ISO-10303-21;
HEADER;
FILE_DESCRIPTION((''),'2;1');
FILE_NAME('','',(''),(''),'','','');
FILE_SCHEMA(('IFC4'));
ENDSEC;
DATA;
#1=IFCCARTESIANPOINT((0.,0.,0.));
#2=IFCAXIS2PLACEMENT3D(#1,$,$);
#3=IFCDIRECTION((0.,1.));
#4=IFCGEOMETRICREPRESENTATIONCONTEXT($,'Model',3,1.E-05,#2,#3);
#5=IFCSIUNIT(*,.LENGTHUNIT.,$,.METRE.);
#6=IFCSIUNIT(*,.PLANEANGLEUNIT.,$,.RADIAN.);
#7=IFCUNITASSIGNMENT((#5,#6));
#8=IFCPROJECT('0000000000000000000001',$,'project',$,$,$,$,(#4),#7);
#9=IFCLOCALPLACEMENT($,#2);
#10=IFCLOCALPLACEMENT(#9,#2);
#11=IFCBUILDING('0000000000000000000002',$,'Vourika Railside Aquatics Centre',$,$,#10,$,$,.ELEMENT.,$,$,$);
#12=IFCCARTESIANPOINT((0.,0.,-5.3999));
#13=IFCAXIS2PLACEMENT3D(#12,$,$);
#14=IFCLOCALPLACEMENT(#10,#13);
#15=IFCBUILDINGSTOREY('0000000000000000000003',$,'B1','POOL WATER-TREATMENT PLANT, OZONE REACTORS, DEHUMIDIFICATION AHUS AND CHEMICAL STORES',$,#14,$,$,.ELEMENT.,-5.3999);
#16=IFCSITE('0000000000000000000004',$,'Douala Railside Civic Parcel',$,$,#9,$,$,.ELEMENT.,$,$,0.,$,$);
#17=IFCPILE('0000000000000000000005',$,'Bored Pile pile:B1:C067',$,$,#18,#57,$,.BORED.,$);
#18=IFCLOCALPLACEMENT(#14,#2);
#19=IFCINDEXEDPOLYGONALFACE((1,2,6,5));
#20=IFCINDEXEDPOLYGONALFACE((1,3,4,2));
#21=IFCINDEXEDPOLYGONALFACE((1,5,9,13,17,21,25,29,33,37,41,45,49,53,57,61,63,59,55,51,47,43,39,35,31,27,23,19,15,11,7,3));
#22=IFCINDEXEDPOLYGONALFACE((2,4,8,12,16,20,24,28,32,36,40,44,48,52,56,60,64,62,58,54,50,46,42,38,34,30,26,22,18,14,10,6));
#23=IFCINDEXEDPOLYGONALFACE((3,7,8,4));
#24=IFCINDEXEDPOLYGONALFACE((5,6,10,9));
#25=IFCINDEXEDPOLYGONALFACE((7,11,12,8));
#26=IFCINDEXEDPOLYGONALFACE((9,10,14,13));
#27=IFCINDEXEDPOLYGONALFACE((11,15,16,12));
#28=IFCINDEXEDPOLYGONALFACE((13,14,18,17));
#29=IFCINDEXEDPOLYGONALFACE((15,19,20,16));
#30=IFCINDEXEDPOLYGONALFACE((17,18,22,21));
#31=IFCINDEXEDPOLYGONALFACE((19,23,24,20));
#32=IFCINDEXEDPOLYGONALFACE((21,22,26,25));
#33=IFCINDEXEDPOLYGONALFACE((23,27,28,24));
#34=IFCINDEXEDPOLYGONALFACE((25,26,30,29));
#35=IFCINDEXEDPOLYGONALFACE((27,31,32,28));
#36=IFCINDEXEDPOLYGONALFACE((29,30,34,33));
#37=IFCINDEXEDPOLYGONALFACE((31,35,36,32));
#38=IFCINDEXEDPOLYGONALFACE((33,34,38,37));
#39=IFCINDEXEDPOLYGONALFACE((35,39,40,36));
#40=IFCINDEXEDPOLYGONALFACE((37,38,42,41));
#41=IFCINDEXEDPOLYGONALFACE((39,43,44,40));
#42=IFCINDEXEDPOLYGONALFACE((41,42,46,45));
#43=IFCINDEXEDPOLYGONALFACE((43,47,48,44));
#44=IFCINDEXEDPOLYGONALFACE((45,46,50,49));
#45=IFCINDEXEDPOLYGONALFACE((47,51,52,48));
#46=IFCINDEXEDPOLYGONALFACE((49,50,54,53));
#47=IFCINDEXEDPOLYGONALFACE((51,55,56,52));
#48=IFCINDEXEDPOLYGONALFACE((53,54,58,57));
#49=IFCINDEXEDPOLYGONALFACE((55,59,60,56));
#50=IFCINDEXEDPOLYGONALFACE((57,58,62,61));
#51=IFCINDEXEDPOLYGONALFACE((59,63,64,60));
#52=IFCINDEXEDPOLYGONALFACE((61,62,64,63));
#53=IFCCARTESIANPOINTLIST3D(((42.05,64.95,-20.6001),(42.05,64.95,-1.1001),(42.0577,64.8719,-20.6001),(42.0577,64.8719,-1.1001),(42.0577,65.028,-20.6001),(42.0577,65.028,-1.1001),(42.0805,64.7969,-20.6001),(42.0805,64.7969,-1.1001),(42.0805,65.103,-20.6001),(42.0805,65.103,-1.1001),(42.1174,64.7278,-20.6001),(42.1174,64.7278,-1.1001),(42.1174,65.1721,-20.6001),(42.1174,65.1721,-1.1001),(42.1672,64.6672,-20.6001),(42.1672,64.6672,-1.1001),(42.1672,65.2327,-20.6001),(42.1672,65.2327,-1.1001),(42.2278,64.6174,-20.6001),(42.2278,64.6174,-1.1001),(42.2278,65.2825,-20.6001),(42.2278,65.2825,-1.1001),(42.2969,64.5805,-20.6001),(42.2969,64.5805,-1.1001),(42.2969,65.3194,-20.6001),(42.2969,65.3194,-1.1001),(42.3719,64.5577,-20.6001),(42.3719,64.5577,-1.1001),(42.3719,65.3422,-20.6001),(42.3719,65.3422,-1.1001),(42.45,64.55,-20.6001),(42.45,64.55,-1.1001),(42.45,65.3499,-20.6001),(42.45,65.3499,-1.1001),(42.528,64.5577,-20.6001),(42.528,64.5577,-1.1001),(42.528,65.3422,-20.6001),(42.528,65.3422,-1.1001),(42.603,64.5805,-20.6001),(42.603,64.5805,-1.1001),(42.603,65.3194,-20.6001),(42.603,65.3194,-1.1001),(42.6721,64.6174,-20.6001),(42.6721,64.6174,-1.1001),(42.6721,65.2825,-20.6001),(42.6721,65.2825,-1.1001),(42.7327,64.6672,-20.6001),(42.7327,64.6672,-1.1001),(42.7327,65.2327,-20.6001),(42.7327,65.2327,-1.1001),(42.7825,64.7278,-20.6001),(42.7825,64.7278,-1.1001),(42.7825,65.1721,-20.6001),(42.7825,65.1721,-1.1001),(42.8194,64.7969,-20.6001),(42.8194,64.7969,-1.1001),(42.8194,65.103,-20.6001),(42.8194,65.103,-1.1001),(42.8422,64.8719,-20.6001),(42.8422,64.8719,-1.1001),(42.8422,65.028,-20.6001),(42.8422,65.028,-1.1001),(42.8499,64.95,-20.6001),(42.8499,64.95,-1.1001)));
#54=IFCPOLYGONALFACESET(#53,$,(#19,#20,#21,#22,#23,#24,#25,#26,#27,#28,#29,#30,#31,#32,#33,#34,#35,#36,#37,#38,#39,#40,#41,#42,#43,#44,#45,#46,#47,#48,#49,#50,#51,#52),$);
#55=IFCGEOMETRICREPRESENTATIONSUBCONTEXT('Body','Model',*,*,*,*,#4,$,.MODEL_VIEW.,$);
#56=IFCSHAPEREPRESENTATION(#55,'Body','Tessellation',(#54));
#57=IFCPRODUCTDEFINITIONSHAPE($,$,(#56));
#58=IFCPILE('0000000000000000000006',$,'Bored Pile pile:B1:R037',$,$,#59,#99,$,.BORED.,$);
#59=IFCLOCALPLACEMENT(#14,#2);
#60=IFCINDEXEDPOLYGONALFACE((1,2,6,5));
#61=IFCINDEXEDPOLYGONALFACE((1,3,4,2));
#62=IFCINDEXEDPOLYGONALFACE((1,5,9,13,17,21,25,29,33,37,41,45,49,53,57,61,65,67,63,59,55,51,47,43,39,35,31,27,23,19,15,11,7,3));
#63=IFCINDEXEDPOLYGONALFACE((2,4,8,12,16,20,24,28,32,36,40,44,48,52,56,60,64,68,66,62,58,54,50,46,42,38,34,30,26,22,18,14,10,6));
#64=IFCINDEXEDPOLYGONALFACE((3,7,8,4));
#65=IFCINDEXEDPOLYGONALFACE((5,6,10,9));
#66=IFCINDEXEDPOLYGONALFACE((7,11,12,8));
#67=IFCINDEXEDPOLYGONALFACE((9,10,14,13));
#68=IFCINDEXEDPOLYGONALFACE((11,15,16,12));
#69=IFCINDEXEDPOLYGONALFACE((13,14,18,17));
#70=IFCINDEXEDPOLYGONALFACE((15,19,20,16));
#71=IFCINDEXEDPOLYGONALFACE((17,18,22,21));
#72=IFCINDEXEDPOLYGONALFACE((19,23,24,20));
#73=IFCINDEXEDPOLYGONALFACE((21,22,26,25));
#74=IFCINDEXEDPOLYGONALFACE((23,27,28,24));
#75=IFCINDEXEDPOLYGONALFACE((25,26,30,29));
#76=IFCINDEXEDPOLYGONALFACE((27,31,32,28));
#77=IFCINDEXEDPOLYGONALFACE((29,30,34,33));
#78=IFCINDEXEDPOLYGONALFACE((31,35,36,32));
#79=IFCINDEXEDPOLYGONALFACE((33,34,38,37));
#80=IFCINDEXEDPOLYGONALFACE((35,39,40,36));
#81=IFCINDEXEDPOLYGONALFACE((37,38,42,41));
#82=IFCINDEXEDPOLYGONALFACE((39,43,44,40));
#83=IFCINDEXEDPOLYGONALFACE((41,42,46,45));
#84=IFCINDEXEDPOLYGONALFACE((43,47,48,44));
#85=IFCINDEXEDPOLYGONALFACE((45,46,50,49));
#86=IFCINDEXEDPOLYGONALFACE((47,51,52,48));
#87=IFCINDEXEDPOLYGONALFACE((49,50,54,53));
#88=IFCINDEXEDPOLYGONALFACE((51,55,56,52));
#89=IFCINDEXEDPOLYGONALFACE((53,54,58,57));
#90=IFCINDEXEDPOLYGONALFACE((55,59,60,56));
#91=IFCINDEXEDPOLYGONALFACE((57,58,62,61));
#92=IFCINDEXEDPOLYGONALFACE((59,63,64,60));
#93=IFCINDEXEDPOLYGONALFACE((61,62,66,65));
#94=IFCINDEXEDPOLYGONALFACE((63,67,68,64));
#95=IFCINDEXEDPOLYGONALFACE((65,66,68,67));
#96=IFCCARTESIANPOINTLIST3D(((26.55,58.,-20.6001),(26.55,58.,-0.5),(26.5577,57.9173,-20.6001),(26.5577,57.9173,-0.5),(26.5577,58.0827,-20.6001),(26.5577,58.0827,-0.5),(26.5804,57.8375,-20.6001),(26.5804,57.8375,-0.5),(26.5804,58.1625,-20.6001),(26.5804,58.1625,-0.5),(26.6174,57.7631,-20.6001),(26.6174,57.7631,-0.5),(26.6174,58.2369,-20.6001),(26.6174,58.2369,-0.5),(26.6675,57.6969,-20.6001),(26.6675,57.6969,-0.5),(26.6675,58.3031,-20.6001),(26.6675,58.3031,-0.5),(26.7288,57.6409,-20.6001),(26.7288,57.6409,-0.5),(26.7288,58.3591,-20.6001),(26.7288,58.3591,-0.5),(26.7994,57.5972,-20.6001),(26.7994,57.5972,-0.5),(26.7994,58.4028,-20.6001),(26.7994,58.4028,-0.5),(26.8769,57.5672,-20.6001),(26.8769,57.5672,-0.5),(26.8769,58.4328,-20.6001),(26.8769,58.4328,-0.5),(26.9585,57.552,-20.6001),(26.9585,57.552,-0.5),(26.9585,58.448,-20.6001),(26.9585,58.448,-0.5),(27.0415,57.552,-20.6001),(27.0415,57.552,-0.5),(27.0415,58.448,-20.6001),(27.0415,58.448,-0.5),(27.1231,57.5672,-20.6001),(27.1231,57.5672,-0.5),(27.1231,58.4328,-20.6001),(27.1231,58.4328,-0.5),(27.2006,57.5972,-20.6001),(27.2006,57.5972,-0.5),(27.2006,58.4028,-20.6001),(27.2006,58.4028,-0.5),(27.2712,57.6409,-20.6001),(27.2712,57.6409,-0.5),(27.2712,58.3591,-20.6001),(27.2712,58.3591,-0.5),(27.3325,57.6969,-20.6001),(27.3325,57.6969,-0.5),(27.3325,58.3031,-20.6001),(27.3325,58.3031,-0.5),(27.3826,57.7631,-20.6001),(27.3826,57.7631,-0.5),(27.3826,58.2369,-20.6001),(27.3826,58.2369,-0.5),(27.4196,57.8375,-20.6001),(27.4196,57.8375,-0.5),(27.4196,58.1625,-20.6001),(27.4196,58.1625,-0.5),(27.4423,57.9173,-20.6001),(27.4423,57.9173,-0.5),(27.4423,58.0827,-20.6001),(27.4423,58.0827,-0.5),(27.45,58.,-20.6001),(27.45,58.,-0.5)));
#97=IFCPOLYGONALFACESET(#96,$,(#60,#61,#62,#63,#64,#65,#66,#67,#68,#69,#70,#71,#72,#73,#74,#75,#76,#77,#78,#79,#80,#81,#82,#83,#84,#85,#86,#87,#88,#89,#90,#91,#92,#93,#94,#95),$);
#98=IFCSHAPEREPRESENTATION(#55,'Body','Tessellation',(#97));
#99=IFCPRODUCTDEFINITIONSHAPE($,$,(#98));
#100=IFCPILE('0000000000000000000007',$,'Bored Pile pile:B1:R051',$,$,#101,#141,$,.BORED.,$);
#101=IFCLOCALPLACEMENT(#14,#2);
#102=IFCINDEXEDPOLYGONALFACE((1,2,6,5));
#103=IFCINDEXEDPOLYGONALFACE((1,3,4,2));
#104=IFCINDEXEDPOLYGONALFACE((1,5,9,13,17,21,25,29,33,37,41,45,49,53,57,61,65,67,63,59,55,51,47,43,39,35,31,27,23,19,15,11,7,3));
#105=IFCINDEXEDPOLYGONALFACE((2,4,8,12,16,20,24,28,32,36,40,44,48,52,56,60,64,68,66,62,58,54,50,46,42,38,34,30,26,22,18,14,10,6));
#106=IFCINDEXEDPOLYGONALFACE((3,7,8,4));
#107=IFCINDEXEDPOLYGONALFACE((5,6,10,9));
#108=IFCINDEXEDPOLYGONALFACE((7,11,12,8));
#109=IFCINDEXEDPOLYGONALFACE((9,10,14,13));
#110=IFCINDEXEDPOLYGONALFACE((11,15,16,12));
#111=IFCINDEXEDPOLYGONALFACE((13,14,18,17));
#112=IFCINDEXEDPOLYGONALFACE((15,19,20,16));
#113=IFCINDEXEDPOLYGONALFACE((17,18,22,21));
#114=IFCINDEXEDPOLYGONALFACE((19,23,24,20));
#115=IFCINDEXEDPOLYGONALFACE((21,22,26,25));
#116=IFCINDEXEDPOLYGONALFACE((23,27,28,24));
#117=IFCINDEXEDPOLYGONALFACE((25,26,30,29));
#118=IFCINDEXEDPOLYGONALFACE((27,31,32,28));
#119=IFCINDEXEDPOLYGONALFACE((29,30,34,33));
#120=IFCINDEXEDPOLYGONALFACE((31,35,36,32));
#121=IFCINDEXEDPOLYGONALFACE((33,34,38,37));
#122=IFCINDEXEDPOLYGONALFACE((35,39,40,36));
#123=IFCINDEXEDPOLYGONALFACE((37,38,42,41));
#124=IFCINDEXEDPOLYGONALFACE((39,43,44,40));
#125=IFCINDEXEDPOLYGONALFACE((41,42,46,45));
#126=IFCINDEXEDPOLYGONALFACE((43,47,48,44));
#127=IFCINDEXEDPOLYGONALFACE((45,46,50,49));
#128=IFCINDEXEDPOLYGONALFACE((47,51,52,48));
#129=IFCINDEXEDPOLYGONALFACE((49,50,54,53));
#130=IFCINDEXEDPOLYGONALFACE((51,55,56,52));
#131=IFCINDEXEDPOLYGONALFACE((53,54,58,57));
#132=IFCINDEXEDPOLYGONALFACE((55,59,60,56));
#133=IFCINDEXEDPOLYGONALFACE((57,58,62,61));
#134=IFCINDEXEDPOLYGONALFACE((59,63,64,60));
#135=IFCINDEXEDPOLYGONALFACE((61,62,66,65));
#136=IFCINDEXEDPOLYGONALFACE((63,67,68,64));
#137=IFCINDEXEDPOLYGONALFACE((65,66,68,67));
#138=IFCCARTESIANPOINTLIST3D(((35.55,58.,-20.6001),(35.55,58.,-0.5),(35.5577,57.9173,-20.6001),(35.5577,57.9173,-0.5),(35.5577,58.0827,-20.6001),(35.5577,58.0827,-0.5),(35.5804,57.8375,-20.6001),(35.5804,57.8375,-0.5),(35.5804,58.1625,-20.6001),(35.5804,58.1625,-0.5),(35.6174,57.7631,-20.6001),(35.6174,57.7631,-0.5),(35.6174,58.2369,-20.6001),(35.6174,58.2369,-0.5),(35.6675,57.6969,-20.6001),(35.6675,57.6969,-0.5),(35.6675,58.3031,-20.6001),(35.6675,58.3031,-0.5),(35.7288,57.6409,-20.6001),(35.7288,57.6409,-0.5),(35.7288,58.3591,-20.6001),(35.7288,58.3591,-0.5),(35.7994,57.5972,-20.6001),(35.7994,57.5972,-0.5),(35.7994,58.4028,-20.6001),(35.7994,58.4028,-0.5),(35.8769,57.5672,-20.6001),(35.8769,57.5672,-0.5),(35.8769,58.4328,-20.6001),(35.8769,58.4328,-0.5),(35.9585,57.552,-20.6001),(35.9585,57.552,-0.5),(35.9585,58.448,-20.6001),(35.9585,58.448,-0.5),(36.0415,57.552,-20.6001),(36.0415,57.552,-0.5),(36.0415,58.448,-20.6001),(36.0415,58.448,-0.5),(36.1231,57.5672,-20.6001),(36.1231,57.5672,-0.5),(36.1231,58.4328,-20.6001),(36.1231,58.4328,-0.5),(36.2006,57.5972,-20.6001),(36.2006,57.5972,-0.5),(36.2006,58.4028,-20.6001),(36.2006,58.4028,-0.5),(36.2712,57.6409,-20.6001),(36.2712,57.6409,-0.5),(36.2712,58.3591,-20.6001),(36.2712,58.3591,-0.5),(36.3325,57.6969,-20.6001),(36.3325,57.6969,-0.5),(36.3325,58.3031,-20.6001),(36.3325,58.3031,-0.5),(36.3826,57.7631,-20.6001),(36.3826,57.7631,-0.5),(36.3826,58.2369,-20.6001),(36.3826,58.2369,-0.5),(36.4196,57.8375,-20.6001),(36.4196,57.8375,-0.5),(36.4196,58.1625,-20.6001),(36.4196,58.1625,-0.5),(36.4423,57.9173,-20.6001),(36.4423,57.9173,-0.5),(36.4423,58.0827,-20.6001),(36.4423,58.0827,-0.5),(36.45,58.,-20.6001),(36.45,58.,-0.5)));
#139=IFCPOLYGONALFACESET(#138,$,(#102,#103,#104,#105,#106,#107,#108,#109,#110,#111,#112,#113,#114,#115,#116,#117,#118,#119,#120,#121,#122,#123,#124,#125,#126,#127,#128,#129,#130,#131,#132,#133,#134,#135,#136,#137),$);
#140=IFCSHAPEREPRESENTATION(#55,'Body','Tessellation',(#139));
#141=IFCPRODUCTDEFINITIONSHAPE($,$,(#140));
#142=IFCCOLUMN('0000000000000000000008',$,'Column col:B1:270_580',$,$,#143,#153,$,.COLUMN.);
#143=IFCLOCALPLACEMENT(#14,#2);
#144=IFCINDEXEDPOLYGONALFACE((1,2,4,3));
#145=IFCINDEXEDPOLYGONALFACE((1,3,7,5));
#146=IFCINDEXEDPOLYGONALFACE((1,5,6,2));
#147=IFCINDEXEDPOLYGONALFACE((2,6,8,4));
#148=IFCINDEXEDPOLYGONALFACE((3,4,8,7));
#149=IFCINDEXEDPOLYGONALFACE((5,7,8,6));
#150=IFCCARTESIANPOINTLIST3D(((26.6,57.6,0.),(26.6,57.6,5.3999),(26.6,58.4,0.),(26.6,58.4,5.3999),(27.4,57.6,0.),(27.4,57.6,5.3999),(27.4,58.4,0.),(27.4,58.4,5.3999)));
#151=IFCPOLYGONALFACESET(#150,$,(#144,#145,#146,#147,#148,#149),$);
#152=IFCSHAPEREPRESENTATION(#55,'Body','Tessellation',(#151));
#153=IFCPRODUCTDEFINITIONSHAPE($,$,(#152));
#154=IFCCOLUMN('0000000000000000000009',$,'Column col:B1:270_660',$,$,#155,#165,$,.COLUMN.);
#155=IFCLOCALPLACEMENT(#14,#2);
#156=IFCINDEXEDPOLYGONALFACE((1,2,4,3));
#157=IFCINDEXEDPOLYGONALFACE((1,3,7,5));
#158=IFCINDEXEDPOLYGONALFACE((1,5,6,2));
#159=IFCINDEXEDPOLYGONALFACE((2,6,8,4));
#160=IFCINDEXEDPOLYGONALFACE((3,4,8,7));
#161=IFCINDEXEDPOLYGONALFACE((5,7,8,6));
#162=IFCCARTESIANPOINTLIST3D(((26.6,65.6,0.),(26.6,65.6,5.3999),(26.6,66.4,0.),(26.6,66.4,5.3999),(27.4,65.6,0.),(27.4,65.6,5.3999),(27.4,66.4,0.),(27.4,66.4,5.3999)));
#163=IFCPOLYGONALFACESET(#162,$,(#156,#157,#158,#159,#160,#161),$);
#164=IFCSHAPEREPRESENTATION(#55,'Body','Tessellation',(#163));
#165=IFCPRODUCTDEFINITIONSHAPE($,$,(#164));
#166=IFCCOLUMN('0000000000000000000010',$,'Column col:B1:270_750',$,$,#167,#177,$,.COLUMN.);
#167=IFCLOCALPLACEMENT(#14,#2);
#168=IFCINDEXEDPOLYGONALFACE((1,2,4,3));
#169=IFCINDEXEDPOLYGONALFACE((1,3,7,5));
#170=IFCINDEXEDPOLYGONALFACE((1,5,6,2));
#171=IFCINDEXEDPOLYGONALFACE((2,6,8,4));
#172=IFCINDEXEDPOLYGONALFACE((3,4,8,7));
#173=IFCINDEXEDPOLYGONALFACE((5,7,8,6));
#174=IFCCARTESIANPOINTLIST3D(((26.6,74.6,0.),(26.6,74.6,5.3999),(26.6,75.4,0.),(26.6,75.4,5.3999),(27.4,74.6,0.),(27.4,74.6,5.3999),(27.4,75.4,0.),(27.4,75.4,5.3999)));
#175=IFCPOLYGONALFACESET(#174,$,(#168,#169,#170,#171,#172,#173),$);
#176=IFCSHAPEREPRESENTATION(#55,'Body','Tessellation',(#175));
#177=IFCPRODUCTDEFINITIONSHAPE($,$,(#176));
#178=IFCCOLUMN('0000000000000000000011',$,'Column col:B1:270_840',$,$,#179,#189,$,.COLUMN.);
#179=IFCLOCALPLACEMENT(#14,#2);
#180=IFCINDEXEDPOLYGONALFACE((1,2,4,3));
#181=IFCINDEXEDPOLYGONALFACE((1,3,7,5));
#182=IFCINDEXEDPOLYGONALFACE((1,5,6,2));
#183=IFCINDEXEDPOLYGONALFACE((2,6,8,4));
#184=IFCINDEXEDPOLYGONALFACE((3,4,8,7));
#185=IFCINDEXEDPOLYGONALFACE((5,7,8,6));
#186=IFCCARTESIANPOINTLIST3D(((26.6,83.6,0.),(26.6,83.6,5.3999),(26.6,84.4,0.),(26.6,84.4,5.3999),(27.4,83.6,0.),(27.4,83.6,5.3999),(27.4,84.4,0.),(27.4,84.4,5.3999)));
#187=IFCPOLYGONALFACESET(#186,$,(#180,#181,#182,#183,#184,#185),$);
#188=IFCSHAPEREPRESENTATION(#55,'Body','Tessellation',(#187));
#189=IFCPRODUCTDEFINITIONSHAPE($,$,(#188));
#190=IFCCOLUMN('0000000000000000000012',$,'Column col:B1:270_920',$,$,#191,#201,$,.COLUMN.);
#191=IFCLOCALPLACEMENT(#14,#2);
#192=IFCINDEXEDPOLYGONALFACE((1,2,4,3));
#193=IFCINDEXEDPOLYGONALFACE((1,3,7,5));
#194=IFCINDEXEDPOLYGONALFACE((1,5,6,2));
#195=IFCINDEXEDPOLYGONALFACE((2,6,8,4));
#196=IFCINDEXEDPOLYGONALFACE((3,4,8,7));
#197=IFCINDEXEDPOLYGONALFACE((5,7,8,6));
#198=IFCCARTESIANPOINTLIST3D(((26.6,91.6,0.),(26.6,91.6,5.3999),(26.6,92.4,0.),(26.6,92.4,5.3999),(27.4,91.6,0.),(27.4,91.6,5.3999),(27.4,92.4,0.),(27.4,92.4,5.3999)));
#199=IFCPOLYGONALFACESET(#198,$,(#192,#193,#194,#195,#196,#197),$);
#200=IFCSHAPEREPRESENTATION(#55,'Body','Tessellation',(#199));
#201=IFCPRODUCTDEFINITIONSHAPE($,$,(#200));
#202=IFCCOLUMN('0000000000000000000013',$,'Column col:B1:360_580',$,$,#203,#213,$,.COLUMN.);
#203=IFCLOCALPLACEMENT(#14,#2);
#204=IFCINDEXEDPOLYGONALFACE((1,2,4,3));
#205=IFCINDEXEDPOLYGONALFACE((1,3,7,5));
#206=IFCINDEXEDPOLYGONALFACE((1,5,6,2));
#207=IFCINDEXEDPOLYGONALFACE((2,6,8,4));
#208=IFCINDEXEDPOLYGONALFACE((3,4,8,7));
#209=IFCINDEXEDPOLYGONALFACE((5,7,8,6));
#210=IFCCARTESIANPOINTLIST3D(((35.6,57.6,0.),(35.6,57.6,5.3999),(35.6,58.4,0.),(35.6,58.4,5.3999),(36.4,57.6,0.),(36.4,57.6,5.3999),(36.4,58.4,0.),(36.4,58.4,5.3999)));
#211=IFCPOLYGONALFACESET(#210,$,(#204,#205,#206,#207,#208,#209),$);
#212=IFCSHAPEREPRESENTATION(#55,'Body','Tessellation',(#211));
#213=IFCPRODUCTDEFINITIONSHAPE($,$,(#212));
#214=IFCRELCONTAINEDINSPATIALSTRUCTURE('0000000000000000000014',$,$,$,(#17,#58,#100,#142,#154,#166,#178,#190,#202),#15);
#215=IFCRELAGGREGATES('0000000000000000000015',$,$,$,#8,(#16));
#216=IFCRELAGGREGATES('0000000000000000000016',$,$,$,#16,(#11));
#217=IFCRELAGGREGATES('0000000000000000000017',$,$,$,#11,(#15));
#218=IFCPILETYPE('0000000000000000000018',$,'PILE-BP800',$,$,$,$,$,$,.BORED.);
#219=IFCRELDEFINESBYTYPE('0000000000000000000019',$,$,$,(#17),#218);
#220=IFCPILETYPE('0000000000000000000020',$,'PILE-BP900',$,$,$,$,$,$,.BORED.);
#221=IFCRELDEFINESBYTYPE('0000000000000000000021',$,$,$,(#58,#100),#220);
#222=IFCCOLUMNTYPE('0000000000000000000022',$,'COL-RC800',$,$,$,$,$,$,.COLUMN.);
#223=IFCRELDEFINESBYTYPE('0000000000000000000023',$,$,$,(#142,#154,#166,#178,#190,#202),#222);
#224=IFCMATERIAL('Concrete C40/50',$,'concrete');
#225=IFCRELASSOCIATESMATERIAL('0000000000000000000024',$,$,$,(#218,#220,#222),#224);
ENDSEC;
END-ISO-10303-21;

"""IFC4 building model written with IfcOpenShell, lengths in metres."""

from ifc_helpers import new_model, si_unit, direction, frame, origin, origin_2d, place, context, subcontext, project, spatial, rectangle, circle, extrude, material, material_profile, profile_set, type_object, element, save


model = new_model("IFC4")

# Units and contexts
model_context = context("Model", 3, precision=1e-05, world=origin(), true_north=direction((0.0, 1.0)))
body_context = subcontext(model_context, "Body", "Model", "MODEL_VIEW")
ifc_project = project(units=[si_unit("LENGTHUNIT", "METRE"), si_unit("PLANEANGLEUNIT", "RADIAN")], contexts=[model_context])

# Site, building, storey
site_placement = place(None, origin())
site = spatial("IfcSite", under=ifc_project, at=site_placement, Name="Douala Railside Civic Parcel", CompositionType="ELEMENT", RefElevation=0.0)
building_placement = place(site_placement, origin())
building = spatial("IfcBuilding", under=site, at=building_placement, Name="Vourika Railside Aquatics Centre", CompositionType="ELEMENT")
storey_placement = place(building_placement, frame((0.0, 0.0, -5.3999)))
storey = spatial("IfcBuildingStorey", under=building, at=storey_placement, Name="B1", Description="POOL WATER-TREATMENT PLANT, OZONE REACTORS, DEHUMIDIFICATION AHUS AND CHEMICAL STORES", CompositionType="ELEMENT", Elevation=-5.3999)

# Shared definitions
ifc_material_1 = material(Name="Concrete C40/50", Category="concrete")

# Piles
ifc_material_profile_1 = material_profile(ifc_material_1, circle(Radius=0.3999, at=origin_2d()), Name="BP 800")
ifc_profile_set_1 = profile_set([ifc_material_profile_1], Name="Concrete C40/50")
pile_type_1 = type_object("IfcPileType", Name="PILE-BP800", PredefinedType="BORED", material=ifc_profile_set_1)
pile_placement = place(storey_placement, frame((42.45, 64.95, -1.1001), z_axis=(0.0, 0.0, -1.0), x_axis=(1.0, 0.0, 0.0)))
element("IfcPile", 1, at=pile_placement, inside=storey, type_object=pile_type_1, Name="Bored Pile pile:B1:C067", PredefinedType="BORED", context=body_context, shape_type="SweptSolid", body=[
    extrude(circle(Radius=0.3999, at=origin_2d()), origin(), (0.0, 0.0, 1.0), 19.5),
])
ifc_material_profile_2 = material_profile(ifc_material_1, circle(Radius=0.45, at=origin_2d()), Name="BP 900")
ifc_profile_set_2 = profile_set([ifc_material_profile_2], Name="Concrete C40/50")
pile_type_2 = type_object("IfcPileType", Name="PILE-BP900", PredefinedType="BORED", material=ifc_profile_set_2)
for number, where, z_axis, x_axis, name in (
    (2, (27.0, 58.0, -0.5), (0.0, 0.0, -1.0), (1.0, 0.0, 0.0), "Bored Pile pile:B1:R037"),
    (3, (36.0, 58.0, -0.5), (0.0, 0.0, -1.0), (1.0, 0.0, 0.0), "Bored Pile pile:B1:R051"),
):
    element("IfcPile", number, at=place(storey_placement, frame(where, z_axis=z_axis, x_axis=x_axis)), inside=storey, type_object=pile_type_2, Name=name, PredefinedType="BORED", context=body_context, shape_type="SweptSolid", body=[
        extrude(circle(Radius=0.45, at=origin_2d()), origin(), (0.0, 0.0, 1.0), 20.1001),
    ])

# Columns
ifc_material_profile_3 = material_profile(ifc_material_1, rectangle(XDim=0.8, YDim=0.8, at=origin_2d()), Name="RC 800x800")
ifc_profile_set_3 = profile_set([ifc_material_profile_3], Name="Concrete C40/50")
column_type_1 = type_object("IfcColumnType", Name="COL-RC800", PredefinedType="COLUMN", material=ifc_profile_set_3)
for number, where, z_axis, x_axis, name in (
    (4, (27.0, 58.0, 0.0), (0.0, 0.0, 1.0), (1.0, 0.0, 0.0), "Column col:B1:270_580"),
    (5, (27.0, 66.0, 0.0), (0.0, 0.0, 1.0), (1.0, 0.0, 0.0), "Column col:B1:270_660"),
    (6, (27.0, 75.0, 0.0), (0.0, 0.0, 1.0), (1.0, 0.0, 0.0), "Column col:B1:270_750"),
    (7, (27.0, 84.0, 0.0), (0.0, 0.0, 1.0), (1.0, 0.0, 0.0), "Column col:B1:270_840"),
    (8, (27.0, 92.0, 0.0), (0.0, 0.0, 1.0), (1.0, 0.0, 0.0), "Column col:B1:270_920"),
    (9, (36.0, 58.0, 0.0), (0.0, 0.0, 1.0), (1.0, 0.0, 0.0), "Column col:B1:360_580"),
):
    element("IfcColumn", number, at=place(storey_placement, frame(where, z_axis=z_axis, x_axis=x_axis)), inside=storey, type_object=column_type_1, Name=name, PredefinedType="COLUMN", context=body_context, shape_type="SweptSolid", body=[
        extrude(rectangle(XDim=0.8, YDim=0.8, at=origin_2d()), origin(), (0.0, 0.0, 1.0), 5.3999),
    ])

save(model, "model.ifc")
